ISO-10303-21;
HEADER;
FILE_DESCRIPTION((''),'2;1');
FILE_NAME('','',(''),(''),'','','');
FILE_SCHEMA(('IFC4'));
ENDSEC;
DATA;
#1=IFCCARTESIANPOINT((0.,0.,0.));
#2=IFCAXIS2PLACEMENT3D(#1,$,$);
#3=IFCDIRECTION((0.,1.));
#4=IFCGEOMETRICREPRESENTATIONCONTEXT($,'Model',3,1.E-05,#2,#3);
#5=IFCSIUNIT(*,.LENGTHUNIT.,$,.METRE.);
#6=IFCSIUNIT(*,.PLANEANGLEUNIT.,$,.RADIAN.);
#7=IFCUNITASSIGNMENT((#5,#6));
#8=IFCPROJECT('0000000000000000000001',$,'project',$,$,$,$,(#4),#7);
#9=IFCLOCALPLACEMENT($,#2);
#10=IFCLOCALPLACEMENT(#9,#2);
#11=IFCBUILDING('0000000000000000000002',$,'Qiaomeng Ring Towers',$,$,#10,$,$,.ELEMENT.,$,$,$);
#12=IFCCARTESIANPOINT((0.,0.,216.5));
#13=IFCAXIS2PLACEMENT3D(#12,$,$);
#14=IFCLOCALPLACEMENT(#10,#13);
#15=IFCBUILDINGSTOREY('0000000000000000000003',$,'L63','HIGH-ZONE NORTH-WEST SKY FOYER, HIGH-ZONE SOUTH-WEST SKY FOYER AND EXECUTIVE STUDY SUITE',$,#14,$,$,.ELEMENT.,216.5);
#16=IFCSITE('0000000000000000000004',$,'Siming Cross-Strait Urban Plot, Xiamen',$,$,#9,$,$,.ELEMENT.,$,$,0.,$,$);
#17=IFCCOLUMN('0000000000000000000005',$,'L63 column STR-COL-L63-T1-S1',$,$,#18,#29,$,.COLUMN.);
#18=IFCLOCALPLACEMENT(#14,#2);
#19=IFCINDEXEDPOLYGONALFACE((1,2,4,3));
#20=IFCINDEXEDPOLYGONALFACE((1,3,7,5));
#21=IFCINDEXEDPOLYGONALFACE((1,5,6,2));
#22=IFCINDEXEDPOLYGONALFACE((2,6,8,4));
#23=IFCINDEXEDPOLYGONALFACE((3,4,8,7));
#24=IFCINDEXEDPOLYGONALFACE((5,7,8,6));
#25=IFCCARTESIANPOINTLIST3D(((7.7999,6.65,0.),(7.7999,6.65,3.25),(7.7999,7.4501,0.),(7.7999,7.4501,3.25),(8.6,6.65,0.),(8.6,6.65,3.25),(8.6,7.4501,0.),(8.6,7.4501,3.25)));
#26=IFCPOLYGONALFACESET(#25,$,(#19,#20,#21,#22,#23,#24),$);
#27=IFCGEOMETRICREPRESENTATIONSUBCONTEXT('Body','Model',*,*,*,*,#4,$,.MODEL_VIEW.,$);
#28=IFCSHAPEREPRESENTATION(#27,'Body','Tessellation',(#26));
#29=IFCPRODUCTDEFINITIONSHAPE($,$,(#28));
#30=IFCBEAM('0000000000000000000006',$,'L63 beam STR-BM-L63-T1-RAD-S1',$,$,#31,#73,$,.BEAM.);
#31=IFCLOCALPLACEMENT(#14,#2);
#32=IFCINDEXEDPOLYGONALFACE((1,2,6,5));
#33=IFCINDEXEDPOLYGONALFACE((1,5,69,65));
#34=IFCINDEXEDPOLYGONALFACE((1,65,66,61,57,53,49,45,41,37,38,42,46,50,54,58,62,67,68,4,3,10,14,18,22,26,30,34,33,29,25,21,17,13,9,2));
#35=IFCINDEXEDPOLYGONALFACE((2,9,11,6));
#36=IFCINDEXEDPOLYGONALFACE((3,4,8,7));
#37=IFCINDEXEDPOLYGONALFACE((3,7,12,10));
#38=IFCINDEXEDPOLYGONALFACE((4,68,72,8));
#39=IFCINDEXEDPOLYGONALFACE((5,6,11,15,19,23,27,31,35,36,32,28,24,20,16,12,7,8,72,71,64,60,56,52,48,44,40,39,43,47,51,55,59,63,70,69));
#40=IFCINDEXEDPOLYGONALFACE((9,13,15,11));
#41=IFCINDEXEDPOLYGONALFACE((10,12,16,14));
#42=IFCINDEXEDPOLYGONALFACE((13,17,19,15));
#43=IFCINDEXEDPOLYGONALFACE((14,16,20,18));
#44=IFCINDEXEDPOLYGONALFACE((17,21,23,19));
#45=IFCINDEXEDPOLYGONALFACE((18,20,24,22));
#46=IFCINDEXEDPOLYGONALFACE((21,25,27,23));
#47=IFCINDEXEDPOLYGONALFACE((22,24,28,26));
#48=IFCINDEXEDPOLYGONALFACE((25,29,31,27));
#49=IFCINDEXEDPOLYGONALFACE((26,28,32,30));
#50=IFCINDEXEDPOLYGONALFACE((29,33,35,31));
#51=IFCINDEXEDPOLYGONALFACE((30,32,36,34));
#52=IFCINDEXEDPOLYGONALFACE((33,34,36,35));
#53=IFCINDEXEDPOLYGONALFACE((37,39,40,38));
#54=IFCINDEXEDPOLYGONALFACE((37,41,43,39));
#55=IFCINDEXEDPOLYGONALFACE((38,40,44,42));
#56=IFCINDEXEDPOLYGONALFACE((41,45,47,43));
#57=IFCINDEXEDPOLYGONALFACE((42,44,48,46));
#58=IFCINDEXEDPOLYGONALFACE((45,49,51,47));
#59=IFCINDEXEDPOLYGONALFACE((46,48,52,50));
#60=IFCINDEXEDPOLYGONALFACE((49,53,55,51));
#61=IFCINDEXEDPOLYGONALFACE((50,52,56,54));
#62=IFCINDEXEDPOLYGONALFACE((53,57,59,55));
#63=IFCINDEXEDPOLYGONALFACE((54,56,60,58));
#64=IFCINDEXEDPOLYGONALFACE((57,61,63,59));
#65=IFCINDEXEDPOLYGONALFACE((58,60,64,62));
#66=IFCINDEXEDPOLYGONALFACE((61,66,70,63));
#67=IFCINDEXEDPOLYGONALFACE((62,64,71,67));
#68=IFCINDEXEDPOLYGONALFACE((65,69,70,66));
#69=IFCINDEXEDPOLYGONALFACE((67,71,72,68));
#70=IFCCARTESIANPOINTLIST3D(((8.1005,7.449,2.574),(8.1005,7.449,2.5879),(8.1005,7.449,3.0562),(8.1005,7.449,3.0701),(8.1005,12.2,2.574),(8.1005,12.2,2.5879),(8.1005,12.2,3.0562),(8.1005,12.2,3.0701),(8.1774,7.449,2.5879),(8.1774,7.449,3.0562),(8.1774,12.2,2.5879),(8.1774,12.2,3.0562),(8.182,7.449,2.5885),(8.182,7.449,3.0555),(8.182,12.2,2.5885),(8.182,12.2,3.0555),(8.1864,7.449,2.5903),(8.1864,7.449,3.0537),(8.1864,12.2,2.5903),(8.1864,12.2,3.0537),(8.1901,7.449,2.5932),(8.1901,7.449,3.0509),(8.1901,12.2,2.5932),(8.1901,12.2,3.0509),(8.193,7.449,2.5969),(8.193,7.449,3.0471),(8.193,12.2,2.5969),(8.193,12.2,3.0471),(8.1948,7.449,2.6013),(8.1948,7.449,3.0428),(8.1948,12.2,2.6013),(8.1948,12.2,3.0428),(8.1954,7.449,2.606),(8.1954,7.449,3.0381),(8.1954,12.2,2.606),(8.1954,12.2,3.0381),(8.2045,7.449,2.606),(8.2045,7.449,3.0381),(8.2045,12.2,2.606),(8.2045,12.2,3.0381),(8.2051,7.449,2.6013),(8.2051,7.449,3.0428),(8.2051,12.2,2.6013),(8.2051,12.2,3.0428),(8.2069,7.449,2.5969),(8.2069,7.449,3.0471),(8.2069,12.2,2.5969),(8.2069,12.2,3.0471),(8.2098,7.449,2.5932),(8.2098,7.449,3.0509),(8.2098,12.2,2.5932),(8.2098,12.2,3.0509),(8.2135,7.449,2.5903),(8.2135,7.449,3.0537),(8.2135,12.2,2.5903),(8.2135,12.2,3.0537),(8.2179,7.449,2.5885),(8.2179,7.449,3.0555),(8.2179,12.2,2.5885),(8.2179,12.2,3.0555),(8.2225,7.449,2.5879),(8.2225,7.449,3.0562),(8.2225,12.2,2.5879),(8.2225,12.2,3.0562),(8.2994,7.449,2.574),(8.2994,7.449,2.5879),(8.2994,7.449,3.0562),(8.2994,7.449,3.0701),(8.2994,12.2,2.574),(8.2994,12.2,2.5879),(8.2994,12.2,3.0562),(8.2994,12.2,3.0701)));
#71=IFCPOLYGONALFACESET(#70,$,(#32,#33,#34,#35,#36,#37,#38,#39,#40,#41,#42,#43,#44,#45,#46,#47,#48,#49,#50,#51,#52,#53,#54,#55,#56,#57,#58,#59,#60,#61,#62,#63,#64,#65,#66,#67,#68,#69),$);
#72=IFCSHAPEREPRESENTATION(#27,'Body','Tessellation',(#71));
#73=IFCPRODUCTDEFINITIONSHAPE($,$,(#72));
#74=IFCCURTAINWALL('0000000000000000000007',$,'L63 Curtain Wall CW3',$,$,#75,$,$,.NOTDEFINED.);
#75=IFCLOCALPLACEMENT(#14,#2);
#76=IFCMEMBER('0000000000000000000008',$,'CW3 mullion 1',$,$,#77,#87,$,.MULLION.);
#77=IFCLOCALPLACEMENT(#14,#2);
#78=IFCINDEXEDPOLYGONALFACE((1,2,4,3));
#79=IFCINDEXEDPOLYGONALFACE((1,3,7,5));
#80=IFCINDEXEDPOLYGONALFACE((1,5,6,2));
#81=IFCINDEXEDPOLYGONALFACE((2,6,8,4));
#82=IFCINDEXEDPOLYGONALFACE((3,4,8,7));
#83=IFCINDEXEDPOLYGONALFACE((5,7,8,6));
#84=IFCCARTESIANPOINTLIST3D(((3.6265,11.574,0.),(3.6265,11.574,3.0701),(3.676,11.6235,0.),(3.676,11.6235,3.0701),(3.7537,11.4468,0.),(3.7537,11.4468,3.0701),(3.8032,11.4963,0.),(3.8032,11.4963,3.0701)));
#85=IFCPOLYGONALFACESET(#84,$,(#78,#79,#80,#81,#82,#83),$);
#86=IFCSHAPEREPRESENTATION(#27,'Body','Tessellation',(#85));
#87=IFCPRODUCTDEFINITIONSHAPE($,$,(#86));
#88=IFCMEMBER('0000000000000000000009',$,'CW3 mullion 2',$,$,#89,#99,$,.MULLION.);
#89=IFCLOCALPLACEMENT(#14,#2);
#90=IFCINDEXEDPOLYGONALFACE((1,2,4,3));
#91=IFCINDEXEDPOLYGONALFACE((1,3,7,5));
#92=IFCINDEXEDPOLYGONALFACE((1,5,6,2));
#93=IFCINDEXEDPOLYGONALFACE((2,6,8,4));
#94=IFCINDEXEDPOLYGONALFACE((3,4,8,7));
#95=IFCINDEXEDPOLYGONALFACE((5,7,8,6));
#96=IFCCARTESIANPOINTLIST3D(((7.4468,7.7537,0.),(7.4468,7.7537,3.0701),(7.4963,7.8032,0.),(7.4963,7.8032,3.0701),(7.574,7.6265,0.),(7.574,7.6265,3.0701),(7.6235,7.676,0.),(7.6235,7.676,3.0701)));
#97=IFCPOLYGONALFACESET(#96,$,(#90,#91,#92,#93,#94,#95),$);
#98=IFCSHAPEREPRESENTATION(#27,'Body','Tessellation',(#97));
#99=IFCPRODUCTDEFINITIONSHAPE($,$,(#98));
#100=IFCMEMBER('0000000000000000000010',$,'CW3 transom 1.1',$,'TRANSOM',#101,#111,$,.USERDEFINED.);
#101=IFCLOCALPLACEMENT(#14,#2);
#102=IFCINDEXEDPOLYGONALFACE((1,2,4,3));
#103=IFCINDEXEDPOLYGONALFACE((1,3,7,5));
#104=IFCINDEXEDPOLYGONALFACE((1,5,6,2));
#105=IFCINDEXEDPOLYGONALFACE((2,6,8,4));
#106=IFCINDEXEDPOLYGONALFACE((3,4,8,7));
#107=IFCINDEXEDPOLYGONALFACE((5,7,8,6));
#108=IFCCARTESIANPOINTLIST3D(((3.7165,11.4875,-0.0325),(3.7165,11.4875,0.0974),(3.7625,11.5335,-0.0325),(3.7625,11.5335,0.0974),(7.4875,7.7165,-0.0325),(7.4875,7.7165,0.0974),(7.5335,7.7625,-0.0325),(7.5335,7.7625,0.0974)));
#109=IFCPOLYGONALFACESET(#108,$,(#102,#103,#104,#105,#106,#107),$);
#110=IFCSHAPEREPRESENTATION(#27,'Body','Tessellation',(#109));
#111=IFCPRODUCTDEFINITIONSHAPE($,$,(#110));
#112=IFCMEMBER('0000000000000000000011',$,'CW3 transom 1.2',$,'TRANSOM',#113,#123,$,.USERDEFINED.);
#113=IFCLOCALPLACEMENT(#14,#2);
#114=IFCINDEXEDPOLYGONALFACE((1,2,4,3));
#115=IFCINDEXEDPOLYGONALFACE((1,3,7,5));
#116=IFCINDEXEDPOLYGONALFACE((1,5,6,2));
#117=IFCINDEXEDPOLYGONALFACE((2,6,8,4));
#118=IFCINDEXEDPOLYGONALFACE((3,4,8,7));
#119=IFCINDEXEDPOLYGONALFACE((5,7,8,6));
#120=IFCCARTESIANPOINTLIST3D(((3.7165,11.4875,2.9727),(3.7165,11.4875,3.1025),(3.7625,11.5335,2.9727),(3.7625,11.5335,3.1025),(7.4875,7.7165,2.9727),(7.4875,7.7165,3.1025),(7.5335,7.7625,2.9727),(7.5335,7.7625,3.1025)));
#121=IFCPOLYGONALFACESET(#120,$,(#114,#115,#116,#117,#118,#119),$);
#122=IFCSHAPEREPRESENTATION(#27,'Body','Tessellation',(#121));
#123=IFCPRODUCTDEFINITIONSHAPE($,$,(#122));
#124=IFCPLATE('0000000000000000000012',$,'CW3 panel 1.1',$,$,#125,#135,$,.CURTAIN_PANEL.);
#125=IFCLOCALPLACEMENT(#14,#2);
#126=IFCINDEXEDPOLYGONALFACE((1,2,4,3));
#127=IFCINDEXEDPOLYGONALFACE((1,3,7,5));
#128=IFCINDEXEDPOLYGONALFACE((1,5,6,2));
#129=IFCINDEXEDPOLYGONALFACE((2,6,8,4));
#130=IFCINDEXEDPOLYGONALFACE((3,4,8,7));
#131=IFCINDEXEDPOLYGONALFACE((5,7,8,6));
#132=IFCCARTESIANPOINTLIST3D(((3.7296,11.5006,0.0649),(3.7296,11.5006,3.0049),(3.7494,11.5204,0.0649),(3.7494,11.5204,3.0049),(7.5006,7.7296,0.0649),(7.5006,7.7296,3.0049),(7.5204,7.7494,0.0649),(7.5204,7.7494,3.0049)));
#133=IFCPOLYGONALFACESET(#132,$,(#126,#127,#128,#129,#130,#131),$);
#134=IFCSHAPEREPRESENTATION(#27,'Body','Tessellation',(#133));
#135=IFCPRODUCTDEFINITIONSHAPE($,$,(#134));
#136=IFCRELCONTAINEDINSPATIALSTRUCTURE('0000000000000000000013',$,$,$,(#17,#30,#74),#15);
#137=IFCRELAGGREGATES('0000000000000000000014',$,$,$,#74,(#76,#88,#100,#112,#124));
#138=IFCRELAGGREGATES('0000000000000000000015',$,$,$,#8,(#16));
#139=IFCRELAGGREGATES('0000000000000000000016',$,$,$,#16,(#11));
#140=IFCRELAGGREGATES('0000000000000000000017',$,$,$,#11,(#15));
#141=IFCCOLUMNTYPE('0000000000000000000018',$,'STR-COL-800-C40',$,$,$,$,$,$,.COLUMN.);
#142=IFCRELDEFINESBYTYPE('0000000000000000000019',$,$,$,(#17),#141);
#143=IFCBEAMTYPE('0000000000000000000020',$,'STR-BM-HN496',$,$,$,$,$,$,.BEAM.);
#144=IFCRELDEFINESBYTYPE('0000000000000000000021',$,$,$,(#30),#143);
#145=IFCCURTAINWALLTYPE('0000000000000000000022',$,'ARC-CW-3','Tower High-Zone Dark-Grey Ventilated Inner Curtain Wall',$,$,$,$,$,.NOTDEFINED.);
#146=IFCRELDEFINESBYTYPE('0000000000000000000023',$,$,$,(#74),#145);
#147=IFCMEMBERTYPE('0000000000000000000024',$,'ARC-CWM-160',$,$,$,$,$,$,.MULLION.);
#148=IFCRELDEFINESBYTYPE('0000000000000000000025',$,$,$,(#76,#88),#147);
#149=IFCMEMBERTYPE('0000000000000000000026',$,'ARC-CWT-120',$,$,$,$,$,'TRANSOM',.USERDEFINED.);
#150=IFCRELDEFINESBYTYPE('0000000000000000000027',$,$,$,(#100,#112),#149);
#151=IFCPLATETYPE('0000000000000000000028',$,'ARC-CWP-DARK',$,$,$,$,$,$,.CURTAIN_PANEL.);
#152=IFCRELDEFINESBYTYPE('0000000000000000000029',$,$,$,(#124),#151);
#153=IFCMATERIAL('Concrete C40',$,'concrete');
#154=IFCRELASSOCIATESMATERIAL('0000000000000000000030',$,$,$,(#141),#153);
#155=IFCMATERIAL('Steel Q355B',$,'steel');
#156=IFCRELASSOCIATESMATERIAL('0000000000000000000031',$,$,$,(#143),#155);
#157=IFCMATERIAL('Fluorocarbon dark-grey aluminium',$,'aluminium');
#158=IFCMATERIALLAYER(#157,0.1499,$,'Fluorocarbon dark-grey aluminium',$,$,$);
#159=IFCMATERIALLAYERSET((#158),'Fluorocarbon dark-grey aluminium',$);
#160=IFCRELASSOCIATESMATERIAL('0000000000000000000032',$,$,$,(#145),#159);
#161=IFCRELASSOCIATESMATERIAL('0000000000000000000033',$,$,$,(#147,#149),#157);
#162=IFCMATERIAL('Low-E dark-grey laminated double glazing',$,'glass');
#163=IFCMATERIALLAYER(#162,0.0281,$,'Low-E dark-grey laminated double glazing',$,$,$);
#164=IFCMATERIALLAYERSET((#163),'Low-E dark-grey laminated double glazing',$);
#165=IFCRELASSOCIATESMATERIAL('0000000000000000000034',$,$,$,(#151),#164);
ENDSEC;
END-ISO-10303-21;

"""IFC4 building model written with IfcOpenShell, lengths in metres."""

from ifc_helpers import new_model, si_unit, direction, frame, origin, origin_2d, place, context, subcontext, project, spatial, rectangle, i_section, extrude, source, transform, mapped, material, layer, layer_set, material_profile, profile_set, type_object, element, aggregate, save


model = new_model("IFC4")

# Units and contexts
model_context = context("Model", 3, precision=1e-05, world=origin(), true_north=direction((0.0, 1.0)))
body_context = subcontext(model_context, "Body", "Model", "MODEL_VIEW")
ifc_project = project(units=[si_unit("LENGTHUNIT", "METRE"), si_unit("PLANEANGLEUNIT", "RADIAN")], contexts=[model_context])

# Site, building, storey
site_placement = place(None, origin())
site = spatial("IfcSite", under=ifc_project, at=site_placement, Name="Siming Cross-Strait Urban Plot, Xiamen", CompositionType="ELEMENT", RefElevation=0.0)
building_placement = place(site_placement, origin())
building = spatial("IfcBuilding", under=site, at=building_placement, Name="Qiaomeng Ring Towers", CompositionType="ELEMENT")
storey_placement = place(building_placement, frame((0.0, 0.0, 216.5)))
storey = spatial("IfcBuildingStorey", under=building, at=storey_placement, Name="L63", Description="HIGH-ZONE NORTH-WEST SKY FOYER, HIGH-ZONE SOUTH-WEST SKY FOYER AND EXECUTIVE STUDY SUITE", CompositionType="ELEMENT", Elevation=216.5)

# Column
ifc_material_1 = material(Name="Concrete C40", Category="concrete")
ifc_material_profile_1 = material_profile(ifc_material_1, rectangle(XDim=0.8, YDim=0.8, at=origin_2d()), Name="RC COL 800x800")
ifc_profile_set_1 = profile_set([ifc_material_profile_1], Name="Concrete C40")
column_type = type_object("IfcColumnType", Name="STR-COL-800-C40", PredefinedType="COLUMN", material=ifc_profile_set_1)
shared_shape_1 = source(origin(), body_context, "Body", "SweptSolid", [
    extrude(rectangle(XDim=0.8, YDim=0.8, at=origin_2d()), origin(), (0.0, 0.0, 1.0), 3.25),
])
column_placement = place(storey_placement, frame((8.2, 7.05, 0.0), z_axis=(0.0, 0.0, 1.0), x_axis=(1.0, 0.0, 0.0)))
element("IfcColumn", 1, at=column_placement, inside=storey, type_object=column_type, Name="L63 column STR-COL-L63-T1-S1", PredefinedType="COLUMN", context=body_context, shape_type="MappedRepresentation", body=[
    mapped(shared_shape_1, transform((0.0, 0.0, 0.0), x_axis=(1.0, 0.0, 0.0), y_axis=(0.0, 1.0, 0.0), z_axis=(0.0, 0.0, 1.0), scale=1.0)),
])

# Beam
ifc_material_2 = material(Name="Steel Q355B", Category="steel")
ifc_material_profile_2 = material_profile(ifc_material_2, i_section(OverallWidth=0.199, OverallDepth=0.4961, WebThickness=0.009, FlangeThickness=0.0139, FilletRadius=0.0181, at=origin_2d()), Name="HN 496x199x9x14")
ifc_profile_set_2 = profile_set([ifc_material_profile_2], Name="Steel Q355B")
beam_type = type_object("IfcBeamType", Name="STR-BM-HN496", PredefinedType="BEAM", material=ifc_profile_set_2)
shared_shape_2 = source(origin(), body_context, "Body", "SweptSolid", [
    extrude(i_section(OverallWidth=0.199, OverallDepth=0.4961, WebThickness=0.009, FlangeThickness=0.0139, FilletRadius=0.0181, at=origin_2d()), origin(), (0.0, 0.0, 1.0), 4.751),
])
beam_placement = place(storey_placement, frame((8.2, 7.449, 2.822), z_axis=(0.0, 1.0, 0.0), x_axis=(-1.0, 0.0, 0.0)))
element("IfcBeam", 2, at=beam_placement, inside=storey, type_object=beam_type, Name="L63 beam STR-BM-L63-T1-RAD-S1", PredefinedType="BEAM", context=body_context, shape_type="MappedRepresentation", body=[
    mapped(shared_shape_2, transform((0.0, 0.0, 0.0), x_axis=(1.0, 0.0, 0.0), y_axis=(0.0, 1.0, 0.0), z_axis=(0.0, 0.0, 1.0), scale=1.0)),
])

# Curtain wall, members, plate
ifc_material_3 = material(Name="Fluorocarbon dark-grey aluminium", Category="aluminium")
ifc_layer_1 = layer(ifc_material_3, 0.1499, Name="Fluorocarbon dark-grey aluminium")
ifc_layer_set_1 = layer_set([ifc_layer_1], Name="Fluorocarbon dark-grey aluminium")
curtain_wall_type = type_object("IfcCurtainWallType", Name="ARC-CW-3", Description="Tower High-Zone Dark-Grey Ventilated Inner Curtain Wall", PredefinedType="NOTDEFINED", material=ifc_layer_set_1)
curtain_wall_placement = place(storey_placement, origin())
curtain_wall = element("IfcCurtainWall", 3, at=curtain_wall_placement, inside=storey, type_object=curtain_wall_type, Name="L63 Curtain Wall CW3", PredefinedType="NOTDEFINED")
ifc_material_profile_3 = material_profile(ifc_material_3, rectangle(XDim=0.0701, YDim=0.1799, at=origin_2d()), Name="ALU MULL 70x180")
ifc_profile_set_3 = profile_set([ifc_material_profile_3], Name="Fluorocarbon dark-grey aluminium")
member_type_1 = type_object("IfcMemberType", Name="ARC-CWM-160", PredefinedType="MULLION", material=ifc_profile_set_3)
shared_shape_3 = source(origin(), body_context, "Body", "SweptSolid", [
    extrude(rectangle(XDim=0.0701, YDim=0.1799, at=origin_2d()), origin(), (0.0, 0.0, 1.0), 3.0701),
])
member_1_placement = place(storey_placement, frame((3.7148, 11.5352, 0.0), z_axis=(0.0, 0.0, 1.0), x_axis=(0.707107, 0.707107, 0.0)))
member_1 = element("IfcMember", 4, at=member_1_placement, type_object=member_type_1, Name="CW3 mullion 1", PredefinedType="MULLION", context=body_context, shape_type="MappedRepresentation", body=[
    mapped(shared_shape_3, transform((0.0, 0.0, 0.0), x_axis=(1.0, 0.0, 0.0), y_axis=(0.0, 1.0, 0.0), z_axis=(0.0, 0.0, 1.0), scale=1.0)),
])
member_2_placement = place(storey_placement, frame((7.5352, 7.7148, 0.0), z_axis=(0.0, 0.0, 1.0), x_axis=(0.707107, 0.707107, 0.0)))
member_2 = element("IfcMember", 5, at=member_2_placement, type_object=member_type_1, Name="CW3 mullion 2", PredefinedType="MULLION", context=body_context, shape_type="MappedRepresentation", body=[
    mapped(shared_shape_3, transform((0.0, 0.0, 0.0), x_axis=(1.0, 0.0, 0.0), y_axis=(0.0, 1.0, 0.0), z_axis=(0.0, 0.0, 1.0), scale=1.0)),
])
ifc_material_profile_4 = material_profile(ifc_material_3, rectangle(XDim=0.0649, YDim=0.1299, at=origin_2d()), Name="ALU TRAN 65x130")
ifc_profile_set_4 = profile_set([ifc_material_profile_4], Name="Fluorocarbon dark-grey aluminium")
member_type_2 = type_object("IfcMemberType", Name="ARC-CWT-120", ElementType="TRANSOM", PredefinedType="USERDEFINED", material=ifc_profile_set_4)
shared_shape_4 = source(origin(), body_context, "Body", "SweptSolid", [
    extrude(rectangle(XDim=0.0649, YDim=0.1299, at=origin_2d()), origin(), (0.0, 0.0, 1.0), 5.333),
])
member_3_placement = place(storey_placement, frame((3.7395, 11.5105, 0.0325), z_axis=(0.707107, -0.707107, 0.0), x_axis=(0.707107, 0.707107, 0.0)))
member_3 = element("IfcMember", 6, at=member_3_placement, type_object=member_type_2, Name="CW3 transom 1.1", ObjectType="TRANSOM", PredefinedType="USERDEFINED", context=body_context, shape_type="MappedRepresentation", body=[
    mapped(shared_shape_4, transform((0.0, 0.0, 0.0), x_axis=(1.0, 0.0, 0.0), y_axis=(0.0, 1.0, 0.0), z_axis=(0.0, 0.0, 1.0), scale=1.0)),
])
member_4_placement = place(storey_placement, frame((3.7395, 11.5105, 3.0376), z_axis=(0.707107, -0.707107, 0.0), x_axis=(0.707107, 0.707107, 0.0)))
member_4 = element("IfcMember", 7, at=member_4_placement, type_object=member_type_2, Name="CW3 transom 1.2", ObjectType="TRANSOM", PredefinedType="USERDEFINED", context=body_context, shape_type="MappedRepresentation", body=[
    mapped(shared_shape_4, transform((0.0, 0.0, 0.0), x_axis=(1.0, 0.0, 0.0), y_axis=(0.0, 1.0, 0.0), z_axis=(0.0, 0.0, 1.0), scale=1.0)),
])
ifc_material_4 = material(Name="Low-E dark-grey laminated double glazing", Category="glass")
ifc_layer_2 = layer(ifc_material_4, 0.0281, Name="Low-E dark-grey laminated double glazing")
ifc_layer_set_2 = layer_set([ifc_layer_2], Name="Low-E dark-grey laminated double glazing")
plate_type = type_object("IfcPlateType", Name="ARC-CWP-DARK", PredefinedType="CURTAIN_PANEL", material=ifc_layer_set_2)
shared_shape_5 = source(origin(), body_context, "Body", "SweptSolid", [
    extrude(rectangle(XDim=5.333, YDim=0.0281, at=origin_2d()), origin(), (0.0, 0.0, 1.0), 2.9399),
])
plate_placement = place(storey_placement, frame((5.625, 9.625, 0.0649), z_axis=(0.0, 0.0, 1.0), x_axis=(0.707107, -0.707107, 0.0)))
plate = element("IfcPlate", 8, at=plate_placement, type_object=plate_type, Name="CW3 panel 1.1", PredefinedType="CURTAIN_PANEL", context=body_context, shape_type="MappedRepresentation", body=[
    mapped(shared_shape_5, transform((0.0, 0.0, 0.0), x_axis=(1.0, 0.0, 0.0), y_axis=(0.0, 1.0, 0.0), z_axis=(0.0, 0.0, 1.0), scale=1.0)),
])
aggregate(curtain_wall, [member_1, member_2, member_3, member_4, plate])

save(model, "model.ifc")
